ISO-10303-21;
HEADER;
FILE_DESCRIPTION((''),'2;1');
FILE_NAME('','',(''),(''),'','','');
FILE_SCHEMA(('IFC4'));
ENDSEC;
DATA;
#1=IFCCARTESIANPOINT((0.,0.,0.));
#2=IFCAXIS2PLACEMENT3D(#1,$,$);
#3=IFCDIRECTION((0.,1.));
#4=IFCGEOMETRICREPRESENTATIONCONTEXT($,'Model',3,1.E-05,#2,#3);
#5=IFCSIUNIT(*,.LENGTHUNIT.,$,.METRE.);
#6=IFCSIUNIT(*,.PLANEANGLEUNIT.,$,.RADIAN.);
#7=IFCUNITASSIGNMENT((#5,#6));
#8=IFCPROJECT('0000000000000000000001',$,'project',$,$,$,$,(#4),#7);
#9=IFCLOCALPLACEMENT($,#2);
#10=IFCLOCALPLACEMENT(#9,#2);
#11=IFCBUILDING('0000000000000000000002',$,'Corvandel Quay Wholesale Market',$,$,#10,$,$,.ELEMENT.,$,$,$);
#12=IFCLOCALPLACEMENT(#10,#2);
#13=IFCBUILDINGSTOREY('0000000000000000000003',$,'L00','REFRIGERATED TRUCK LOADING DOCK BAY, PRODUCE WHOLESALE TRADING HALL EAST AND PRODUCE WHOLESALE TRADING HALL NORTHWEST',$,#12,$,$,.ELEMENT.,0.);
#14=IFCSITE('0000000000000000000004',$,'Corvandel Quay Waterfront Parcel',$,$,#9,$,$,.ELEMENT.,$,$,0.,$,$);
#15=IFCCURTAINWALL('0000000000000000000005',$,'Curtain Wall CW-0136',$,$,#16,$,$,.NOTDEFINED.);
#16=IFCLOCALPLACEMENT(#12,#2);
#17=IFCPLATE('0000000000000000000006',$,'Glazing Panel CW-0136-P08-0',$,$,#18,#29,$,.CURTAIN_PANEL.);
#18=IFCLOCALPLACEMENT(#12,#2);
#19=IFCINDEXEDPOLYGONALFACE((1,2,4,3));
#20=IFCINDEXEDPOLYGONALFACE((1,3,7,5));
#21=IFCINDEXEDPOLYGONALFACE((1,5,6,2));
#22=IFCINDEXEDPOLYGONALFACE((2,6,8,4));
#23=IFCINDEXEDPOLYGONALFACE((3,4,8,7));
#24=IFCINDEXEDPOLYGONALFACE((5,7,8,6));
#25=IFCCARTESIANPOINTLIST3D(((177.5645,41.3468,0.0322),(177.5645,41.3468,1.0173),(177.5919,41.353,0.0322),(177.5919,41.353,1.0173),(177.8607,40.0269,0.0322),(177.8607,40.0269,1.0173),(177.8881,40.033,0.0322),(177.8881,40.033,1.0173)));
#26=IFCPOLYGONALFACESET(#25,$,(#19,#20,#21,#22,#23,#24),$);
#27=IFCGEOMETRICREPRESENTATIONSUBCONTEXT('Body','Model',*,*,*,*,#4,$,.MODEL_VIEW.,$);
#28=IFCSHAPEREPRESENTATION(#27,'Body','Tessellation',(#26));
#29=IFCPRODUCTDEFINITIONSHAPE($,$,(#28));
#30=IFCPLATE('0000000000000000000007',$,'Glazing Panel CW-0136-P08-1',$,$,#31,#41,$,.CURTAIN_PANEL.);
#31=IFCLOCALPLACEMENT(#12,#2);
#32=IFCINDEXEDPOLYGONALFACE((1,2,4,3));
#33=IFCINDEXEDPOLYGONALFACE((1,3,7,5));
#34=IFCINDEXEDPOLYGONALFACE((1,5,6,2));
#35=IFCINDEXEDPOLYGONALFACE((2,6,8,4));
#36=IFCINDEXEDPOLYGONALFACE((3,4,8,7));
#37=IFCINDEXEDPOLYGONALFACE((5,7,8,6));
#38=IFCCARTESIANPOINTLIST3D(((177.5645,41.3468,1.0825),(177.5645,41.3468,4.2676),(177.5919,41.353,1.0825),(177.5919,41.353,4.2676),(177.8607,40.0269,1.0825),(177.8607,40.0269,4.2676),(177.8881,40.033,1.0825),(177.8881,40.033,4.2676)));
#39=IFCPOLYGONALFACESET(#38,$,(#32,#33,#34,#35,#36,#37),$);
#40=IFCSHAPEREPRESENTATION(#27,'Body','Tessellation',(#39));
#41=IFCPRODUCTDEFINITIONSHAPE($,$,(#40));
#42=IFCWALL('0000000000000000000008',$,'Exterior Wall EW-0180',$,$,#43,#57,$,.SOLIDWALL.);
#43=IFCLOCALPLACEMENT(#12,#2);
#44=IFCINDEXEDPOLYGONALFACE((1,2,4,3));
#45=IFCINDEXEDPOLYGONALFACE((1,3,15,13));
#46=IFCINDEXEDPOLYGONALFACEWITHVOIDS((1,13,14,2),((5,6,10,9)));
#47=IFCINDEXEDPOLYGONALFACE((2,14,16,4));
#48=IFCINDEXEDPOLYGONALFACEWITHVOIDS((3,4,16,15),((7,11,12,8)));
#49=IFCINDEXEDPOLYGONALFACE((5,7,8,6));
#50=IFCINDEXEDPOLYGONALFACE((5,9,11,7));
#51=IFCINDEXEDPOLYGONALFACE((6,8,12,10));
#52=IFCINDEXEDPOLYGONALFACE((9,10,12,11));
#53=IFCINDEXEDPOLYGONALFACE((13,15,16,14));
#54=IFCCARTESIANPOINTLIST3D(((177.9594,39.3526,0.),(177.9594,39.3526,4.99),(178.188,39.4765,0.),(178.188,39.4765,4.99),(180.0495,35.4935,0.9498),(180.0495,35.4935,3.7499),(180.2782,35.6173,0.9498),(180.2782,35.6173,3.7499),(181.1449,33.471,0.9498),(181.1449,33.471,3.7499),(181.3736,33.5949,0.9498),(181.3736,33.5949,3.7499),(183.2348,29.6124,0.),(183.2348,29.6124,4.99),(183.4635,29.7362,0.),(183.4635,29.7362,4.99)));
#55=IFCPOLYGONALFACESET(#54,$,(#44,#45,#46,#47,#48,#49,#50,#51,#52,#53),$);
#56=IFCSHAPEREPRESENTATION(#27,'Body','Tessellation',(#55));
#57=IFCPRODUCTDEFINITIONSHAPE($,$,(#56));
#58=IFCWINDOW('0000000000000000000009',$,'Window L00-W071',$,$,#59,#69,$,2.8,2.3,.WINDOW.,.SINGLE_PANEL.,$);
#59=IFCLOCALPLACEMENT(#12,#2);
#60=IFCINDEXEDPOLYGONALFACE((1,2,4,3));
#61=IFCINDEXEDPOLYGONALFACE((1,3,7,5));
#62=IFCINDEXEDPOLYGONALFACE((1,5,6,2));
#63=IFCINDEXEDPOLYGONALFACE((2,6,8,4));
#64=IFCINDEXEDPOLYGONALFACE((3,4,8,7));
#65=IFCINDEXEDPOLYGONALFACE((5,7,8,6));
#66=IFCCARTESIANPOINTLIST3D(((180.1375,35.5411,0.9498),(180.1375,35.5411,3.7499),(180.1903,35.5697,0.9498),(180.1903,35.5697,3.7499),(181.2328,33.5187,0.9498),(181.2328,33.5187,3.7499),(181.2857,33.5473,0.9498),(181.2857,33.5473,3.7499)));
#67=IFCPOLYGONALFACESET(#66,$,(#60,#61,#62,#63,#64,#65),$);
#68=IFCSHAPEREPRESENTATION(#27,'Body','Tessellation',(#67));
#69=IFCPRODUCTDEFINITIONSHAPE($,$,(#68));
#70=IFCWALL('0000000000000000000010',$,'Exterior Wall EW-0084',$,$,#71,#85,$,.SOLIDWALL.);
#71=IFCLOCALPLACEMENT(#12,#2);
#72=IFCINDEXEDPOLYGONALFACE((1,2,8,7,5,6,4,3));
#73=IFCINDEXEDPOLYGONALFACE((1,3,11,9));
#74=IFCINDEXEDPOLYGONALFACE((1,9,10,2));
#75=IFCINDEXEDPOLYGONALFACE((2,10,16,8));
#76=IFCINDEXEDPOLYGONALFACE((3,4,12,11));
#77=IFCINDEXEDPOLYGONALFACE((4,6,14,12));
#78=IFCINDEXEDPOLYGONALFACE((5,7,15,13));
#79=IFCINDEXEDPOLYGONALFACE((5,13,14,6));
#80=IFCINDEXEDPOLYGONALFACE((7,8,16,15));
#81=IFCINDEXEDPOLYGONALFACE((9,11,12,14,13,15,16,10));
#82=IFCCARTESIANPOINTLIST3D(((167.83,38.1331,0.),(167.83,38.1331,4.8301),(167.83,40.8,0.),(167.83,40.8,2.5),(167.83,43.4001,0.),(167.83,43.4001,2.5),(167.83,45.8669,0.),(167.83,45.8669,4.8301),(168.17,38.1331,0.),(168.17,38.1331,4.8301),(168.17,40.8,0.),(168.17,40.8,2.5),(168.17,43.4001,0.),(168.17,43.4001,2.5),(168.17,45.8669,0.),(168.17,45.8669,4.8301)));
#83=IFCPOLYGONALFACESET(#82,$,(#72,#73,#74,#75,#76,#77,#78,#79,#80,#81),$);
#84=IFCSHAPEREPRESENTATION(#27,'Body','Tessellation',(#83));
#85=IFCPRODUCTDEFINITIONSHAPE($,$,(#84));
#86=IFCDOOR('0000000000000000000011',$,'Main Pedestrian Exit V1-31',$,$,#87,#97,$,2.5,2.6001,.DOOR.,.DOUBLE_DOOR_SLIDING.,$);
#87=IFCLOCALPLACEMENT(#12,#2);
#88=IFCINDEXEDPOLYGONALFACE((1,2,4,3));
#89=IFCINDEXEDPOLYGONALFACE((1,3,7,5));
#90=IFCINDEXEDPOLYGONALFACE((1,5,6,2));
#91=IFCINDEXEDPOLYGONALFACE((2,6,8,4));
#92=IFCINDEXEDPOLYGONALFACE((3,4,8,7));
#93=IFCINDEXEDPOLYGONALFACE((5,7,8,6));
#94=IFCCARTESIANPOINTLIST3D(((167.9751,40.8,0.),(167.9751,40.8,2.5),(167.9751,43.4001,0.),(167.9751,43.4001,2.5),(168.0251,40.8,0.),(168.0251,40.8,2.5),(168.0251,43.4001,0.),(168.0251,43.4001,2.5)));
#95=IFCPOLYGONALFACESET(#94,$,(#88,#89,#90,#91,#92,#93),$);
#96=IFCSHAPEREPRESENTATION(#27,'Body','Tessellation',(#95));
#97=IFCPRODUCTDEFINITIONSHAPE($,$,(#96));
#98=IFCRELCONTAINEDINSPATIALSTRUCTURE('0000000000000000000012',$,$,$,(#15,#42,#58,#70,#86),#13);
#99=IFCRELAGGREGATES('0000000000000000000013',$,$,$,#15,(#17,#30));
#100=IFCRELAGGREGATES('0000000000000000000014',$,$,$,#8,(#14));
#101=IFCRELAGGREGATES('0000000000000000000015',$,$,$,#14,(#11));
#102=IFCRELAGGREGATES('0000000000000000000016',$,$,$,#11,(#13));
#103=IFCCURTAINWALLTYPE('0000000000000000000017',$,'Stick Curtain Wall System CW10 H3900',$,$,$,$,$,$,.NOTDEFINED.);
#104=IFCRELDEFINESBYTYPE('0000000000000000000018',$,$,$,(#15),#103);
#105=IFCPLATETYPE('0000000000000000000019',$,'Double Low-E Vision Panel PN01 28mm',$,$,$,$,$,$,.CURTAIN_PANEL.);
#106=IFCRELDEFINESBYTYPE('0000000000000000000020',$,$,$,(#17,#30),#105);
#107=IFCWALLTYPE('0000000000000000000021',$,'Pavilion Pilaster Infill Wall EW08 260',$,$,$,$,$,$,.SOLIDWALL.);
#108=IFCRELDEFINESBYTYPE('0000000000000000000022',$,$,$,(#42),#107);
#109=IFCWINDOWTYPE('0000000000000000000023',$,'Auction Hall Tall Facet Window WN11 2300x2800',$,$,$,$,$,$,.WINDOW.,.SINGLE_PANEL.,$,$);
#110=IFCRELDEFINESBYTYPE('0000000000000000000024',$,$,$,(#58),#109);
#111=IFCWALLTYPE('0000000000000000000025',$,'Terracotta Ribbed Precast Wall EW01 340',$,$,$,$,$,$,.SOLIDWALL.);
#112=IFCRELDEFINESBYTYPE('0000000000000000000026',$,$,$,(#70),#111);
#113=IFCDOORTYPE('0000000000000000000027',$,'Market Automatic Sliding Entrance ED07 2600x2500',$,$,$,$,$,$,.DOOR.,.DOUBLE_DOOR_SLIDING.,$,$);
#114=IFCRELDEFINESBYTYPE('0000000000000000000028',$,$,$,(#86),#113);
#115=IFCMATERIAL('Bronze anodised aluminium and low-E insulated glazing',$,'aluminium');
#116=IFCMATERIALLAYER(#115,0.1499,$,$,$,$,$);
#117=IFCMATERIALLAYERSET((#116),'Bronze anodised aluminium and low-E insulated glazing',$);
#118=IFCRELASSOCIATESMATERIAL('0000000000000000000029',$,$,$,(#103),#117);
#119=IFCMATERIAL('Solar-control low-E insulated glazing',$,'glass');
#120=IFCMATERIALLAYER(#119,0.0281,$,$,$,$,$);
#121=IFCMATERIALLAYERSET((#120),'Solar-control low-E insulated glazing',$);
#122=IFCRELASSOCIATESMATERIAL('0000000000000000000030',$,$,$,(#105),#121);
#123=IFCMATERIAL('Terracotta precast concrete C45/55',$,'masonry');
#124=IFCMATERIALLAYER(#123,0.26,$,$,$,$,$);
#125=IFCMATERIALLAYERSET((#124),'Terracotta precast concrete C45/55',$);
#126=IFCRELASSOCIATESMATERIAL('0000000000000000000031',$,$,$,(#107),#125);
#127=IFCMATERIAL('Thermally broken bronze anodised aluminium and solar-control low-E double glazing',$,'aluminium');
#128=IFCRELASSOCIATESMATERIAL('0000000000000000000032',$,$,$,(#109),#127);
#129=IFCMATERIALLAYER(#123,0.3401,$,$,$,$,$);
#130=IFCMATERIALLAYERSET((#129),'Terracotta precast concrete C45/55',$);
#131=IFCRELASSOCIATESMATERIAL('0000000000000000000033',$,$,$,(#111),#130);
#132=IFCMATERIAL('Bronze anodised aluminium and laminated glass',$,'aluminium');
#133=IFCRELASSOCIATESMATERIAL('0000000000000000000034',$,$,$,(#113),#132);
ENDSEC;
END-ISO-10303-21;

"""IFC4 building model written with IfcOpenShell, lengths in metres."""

from ifc_helpers import new_model, si_unit, direction, frame, frame_2d, origin, origin_2d, place, context, subcontext, project, spatial, rectangle, extrude, material, layer, layer_set, type_object, element, fill, aggregate, save


model = new_model("IFC4")

# Units and contexts
model_context = context("Model", 3, precision=1e-05, world=origin(), true_north=direction((0.0, 1.0)))
body_context = subcontext(model_context, "Body", "Model", "MODEL_VIEW")
ifc_project = project(units=[si_unit("LENGTHUNIT", "METRE"), si_unit("PLANEANGLEUNIT", "RADIAN")], contexts=[model_context])

# Site, building, storey
site_placement = place(None, origin())
site = spatial("IfcSite", under=ifc_project, at=site_placement, Name="Corvandel Quay Waterfront Parcel", CompositionType="ELEMENT", RefElevation=0.0)
building_placement = place(site_placement, origin())
building = spatial("IfcBuilding", under=site, at=building_placement, Name="Corvandel Quay Wholesale Market", CompositionType="ELEMENT")
storey_placement = place(building_placement, origin())
storey = spatial("IfcBuildingStorey", under=building, at=storey_placement, Name="L00", Description="REFRIGERATED TRUCK LOADING DOCK BAY, PRODUCE WHOLESALE TRADING HALL EAST AND PRODUCE WHOLESALE TRADING HALL NORTHWEST", CompositionType="ELEMENT", Elevation=0.0)

# Curtain wall, plates
ifc_material_1 = material(Name="Bronze anodised aluminium and low-E insulated glazing", Category="aluminium")
ifc_layer_1 = layer(ifc_material_1, 0.1499)
ifc_layer_set_1 = layer_set([ifc_layer_1], Name="Bronze anodised aluminium and low-E insulated glazing")
curtain_wall_type = type_object("IfcCurtainWallType", Name="Stick Curtain Wall System CW10 H3900", PredefinedType="NOTDEFINED", material=ifc_layer_set_1)
curtain_wall_placement = place(storey_placement, origin())
curtain_wall = element("IfcCurtainWall", 1, at=curtain_wall_placement, inside=storey, type_object=curtain_wall_type, Name="Curtain Wall CW-0136", PredefinedType="NOTDEFINED")
ifc_material_2 = material(Name="Solar-control low-E insulated glazing", Category="glass")
ifc_layer_2 = layer(ifc_material_2, 0.0281)
ifc_layer_set_2 = layer_set([ifc_layer_2], Name="Solar-control low-E insulated glazing")
plate_type_1 = type_object("IfcPlateType", Name="Double Low-E Vision Panel PN01 28mm", PredefinedType="CURTAIN_PANEL", material=ifc_layer_set_2)
plate_1_placement = place(storey_placement, frame((177.7263, 40.6899, 0.0322), z_axis=(0.0, 0.0, 1.0), x_axis=(-0.218995, 0.975726, 0.0)))
plate_1 = element("IfcPlate", 2, at=plate_1_placement, type_object=plate_type_1, Name="Glazing Panel CW-0136-P08-0", PredefinedType="CURTAIN_PANEL", context=body_context, shape_type="SweptSolid", body=[
    extrude(rectangle(XDim=1.3528, YDim=0.0281, at=origin_2d()), origin(), (0.0, 0.0, 1.0), 0.9851),
])
plate_2_placement = place(storey_placement, frame((177.7263, 40.6899, 1.0825), z_axis=(0.0, 0.0, 1.0), x_axis=(-0.218995, 0.975726, 0.0)))
plate_2 = element("IfcPlate", 3, at=plate_2_placement, type_object=plate_type_1, Name="Glazing Panel CW-0136-P08-1", PredefinedType="CURTAIN_PANEL", context=body_context, shape_type="SweptSolid", body=[
    extrude(rectangle(XDim=1.3528, YDim=0.0281, at=origin_2d()), origin(), (0.0, 0.0, 1.0), 3.1851),
])
aggregate(curtain_wall, [plate_1, plate_2])

# Wall, opening, window
ifc_material_3 = material(Name="Terracotta precast concrete C45/55", Category="masonry")
ifc_layer_3 = layer(ifc_material_3, 0.26)
ifc_layer_set_3 = layer_set([ifc_layer_3], Name="Terracotta precast concrete C45/55")
wall_type_1 = type_object("IfcWallType", Name="Pavilion Pilaster Infill Wall EW08 260", PredefinedType="SOLIDWALL", material=ifc_layer_set_3)
wall_1_placement = place(storey_placement, frame((178.0737, 39.4146, 0.0), z_axis=(0.0, 0.0, 1.0), x_axis=(0.476243, -0.879314, 0.0)))
wall_1 = element("IfcWall", 4, at=wall_1_placement, inside=storey, type_object=wall_type_1, Name="Exterior Wall EW-0180", PredefinedType="SOLIDWALL", context=body_context, shape_type="SweptSolid", body=[
    extrude(rectangle(XDim=11.0771, YDim=0.26, at=frame_2d((5.5386, 0.0))), origin(), (0.0, 0.0, 1.0), 4.99),
])
opening_1_placement = place(wall_1_placement, frame((4.3889, 0.0, 0.95)))
opening_1 = element("IfcOpeningElement", 5, at=opening_1_placement, cuts=wall_1, PredefinedType="OPENING", context=body_context, shape_type="SweptSolid", body=[
    extrude(rectangle(XDim=2.3, YDim=2.8, at=frame_2d((1.1499, 1.3999))), frame((0.0, 0.1399, 0.0), z_axis=(0.0, -1.0, 0.0), x_axis=(1.0, 0.0, 0.0)), (0.0, 0.0, 1.0), 0.28),
])
ifc_material_4 = material(Name="Thermally broken bronze anodised aluminium and solar-control low-E double glazing", Category="aluminium")
window_type = type_object("IfcWindowType", Name="Auction Hall Tall Facet Window WN11 2300x2800", PartitioningType="SINGLE_PANEL", PredefinedType="WINDOW", material=ifc_material_4)
window_placement = place(opening_1_placement, origin())
window = element("IfcWindow", 6, at=window_placement, inside=storey, type_object=window_type, Name="Window L00-W071", OverallHeight=2.8, OverallWidth=2.3, PartitioningType="SINGLE_PANEL", PredefinedType="WINDOW", context=body_context, shape_type="SweptSolid", body=[
    extrude(rectangle(XDim=2.3, YDim=2.8, at=frame_2d((1.1499, 1.3999))), frame((0.0, 0.03, 0.0), z_axis=(0.0, -1.0, 0.0), x_axis=(1.0, 0.0, 0.0)), (0.0, 0.0, 1.0), 0.0601),
])
fill(opening_1, window)

# Wall, opening, door
ifc_layer_4 = layer(ifc_material_3, 0.3401)
ifc_layer_set_4 = layer_set([ifc_layer_4], Name="Terracotta precast concrete C45/55")
wall_type_2 = type_object("IfcWallType", Name="Terracotta Ribbed Precast Wall EW01 340", PredefinedType="SOLIDWALL", material=ifc_layer_set_4)
wall_2_placement = place(storey_placement, frame((168.0, 38.1331, 0.0), z_axis=(0.0, 0.0, 1.0), x_axis=(0.0, 1.0, 0.0)))
wall_2 = element("IfcWall", 7, at=wall_2_placement, inside=storey, type_object=wall_type_2, Name="Exterior Wall EW-0084", PredefinedType="SOLIDWALL", context=body_context, shape_type="SweptSolid", body=[
    extrude(rectangle(XDim=7.7339, YDim=0.3401, at=frame_2d((3.8669, 0.0))), origin(), (0.0, 0.0, 1.0), 4.8301),
])
opening_2_placement = place(wall_2_placement, frame((2.667, 0.0, 0.0)))
opening_2 = element("IfcOpeningElement", 8, at=opening_2_placement, cuts=wall_2, PredefinedType="OPENING", context=body_context, shape_type="SweptSolid", body=[
    extrude(rectangle(XDim=2.6001, YDim=2.5, at=frame_2d((1.3, 1.25))), frame((0.0, 0.1799, 0.0), z_axis=(0.0, -1.0, 0.0), x_axis=(1.0, 0.0, 0.0)), (0.0, 0.0, 1.0), 0.3601),
])
ifc_material_5 = material(Name="Bronze anodised aluminium and laminated glass", Category="aluminium")
door_type = type_object("IfcDoorType", Name="Market Automatic Sliding Entrance ED07 2600x2500", OperationType="DOUBLE_DOOR_SLIDING", PredefinedType="DOOR", material=ifc_material_5)
door_placement = place(opening_2_placement, origin())
door = element("IfcDoor", 9, at=door_placement, inside=storey, type_object=door_type, Name="Main Pedestrian Exit V1-31", OperationType="DOUBLE_DOOR_SLIDING", OverallHeight=2.5, OverallWidth=2.6001, PredefinedType="DOOR", context=body_context, shape_type="SweptSolid", body=[
    extrude(rectangle(XDim=2.6001, YDim=2.5, at=frame_2d((1.3, 1.25))), frame((0.0, 0.0249, 0.0), z_axis=(0.0, -1.0, 0.0), x_axis=(1.0, 0.0, 0.0)), (0.0, 0.0, 1.0), 0.05),
])
fill(opening_2, door)

save(model, "model.ifc")
